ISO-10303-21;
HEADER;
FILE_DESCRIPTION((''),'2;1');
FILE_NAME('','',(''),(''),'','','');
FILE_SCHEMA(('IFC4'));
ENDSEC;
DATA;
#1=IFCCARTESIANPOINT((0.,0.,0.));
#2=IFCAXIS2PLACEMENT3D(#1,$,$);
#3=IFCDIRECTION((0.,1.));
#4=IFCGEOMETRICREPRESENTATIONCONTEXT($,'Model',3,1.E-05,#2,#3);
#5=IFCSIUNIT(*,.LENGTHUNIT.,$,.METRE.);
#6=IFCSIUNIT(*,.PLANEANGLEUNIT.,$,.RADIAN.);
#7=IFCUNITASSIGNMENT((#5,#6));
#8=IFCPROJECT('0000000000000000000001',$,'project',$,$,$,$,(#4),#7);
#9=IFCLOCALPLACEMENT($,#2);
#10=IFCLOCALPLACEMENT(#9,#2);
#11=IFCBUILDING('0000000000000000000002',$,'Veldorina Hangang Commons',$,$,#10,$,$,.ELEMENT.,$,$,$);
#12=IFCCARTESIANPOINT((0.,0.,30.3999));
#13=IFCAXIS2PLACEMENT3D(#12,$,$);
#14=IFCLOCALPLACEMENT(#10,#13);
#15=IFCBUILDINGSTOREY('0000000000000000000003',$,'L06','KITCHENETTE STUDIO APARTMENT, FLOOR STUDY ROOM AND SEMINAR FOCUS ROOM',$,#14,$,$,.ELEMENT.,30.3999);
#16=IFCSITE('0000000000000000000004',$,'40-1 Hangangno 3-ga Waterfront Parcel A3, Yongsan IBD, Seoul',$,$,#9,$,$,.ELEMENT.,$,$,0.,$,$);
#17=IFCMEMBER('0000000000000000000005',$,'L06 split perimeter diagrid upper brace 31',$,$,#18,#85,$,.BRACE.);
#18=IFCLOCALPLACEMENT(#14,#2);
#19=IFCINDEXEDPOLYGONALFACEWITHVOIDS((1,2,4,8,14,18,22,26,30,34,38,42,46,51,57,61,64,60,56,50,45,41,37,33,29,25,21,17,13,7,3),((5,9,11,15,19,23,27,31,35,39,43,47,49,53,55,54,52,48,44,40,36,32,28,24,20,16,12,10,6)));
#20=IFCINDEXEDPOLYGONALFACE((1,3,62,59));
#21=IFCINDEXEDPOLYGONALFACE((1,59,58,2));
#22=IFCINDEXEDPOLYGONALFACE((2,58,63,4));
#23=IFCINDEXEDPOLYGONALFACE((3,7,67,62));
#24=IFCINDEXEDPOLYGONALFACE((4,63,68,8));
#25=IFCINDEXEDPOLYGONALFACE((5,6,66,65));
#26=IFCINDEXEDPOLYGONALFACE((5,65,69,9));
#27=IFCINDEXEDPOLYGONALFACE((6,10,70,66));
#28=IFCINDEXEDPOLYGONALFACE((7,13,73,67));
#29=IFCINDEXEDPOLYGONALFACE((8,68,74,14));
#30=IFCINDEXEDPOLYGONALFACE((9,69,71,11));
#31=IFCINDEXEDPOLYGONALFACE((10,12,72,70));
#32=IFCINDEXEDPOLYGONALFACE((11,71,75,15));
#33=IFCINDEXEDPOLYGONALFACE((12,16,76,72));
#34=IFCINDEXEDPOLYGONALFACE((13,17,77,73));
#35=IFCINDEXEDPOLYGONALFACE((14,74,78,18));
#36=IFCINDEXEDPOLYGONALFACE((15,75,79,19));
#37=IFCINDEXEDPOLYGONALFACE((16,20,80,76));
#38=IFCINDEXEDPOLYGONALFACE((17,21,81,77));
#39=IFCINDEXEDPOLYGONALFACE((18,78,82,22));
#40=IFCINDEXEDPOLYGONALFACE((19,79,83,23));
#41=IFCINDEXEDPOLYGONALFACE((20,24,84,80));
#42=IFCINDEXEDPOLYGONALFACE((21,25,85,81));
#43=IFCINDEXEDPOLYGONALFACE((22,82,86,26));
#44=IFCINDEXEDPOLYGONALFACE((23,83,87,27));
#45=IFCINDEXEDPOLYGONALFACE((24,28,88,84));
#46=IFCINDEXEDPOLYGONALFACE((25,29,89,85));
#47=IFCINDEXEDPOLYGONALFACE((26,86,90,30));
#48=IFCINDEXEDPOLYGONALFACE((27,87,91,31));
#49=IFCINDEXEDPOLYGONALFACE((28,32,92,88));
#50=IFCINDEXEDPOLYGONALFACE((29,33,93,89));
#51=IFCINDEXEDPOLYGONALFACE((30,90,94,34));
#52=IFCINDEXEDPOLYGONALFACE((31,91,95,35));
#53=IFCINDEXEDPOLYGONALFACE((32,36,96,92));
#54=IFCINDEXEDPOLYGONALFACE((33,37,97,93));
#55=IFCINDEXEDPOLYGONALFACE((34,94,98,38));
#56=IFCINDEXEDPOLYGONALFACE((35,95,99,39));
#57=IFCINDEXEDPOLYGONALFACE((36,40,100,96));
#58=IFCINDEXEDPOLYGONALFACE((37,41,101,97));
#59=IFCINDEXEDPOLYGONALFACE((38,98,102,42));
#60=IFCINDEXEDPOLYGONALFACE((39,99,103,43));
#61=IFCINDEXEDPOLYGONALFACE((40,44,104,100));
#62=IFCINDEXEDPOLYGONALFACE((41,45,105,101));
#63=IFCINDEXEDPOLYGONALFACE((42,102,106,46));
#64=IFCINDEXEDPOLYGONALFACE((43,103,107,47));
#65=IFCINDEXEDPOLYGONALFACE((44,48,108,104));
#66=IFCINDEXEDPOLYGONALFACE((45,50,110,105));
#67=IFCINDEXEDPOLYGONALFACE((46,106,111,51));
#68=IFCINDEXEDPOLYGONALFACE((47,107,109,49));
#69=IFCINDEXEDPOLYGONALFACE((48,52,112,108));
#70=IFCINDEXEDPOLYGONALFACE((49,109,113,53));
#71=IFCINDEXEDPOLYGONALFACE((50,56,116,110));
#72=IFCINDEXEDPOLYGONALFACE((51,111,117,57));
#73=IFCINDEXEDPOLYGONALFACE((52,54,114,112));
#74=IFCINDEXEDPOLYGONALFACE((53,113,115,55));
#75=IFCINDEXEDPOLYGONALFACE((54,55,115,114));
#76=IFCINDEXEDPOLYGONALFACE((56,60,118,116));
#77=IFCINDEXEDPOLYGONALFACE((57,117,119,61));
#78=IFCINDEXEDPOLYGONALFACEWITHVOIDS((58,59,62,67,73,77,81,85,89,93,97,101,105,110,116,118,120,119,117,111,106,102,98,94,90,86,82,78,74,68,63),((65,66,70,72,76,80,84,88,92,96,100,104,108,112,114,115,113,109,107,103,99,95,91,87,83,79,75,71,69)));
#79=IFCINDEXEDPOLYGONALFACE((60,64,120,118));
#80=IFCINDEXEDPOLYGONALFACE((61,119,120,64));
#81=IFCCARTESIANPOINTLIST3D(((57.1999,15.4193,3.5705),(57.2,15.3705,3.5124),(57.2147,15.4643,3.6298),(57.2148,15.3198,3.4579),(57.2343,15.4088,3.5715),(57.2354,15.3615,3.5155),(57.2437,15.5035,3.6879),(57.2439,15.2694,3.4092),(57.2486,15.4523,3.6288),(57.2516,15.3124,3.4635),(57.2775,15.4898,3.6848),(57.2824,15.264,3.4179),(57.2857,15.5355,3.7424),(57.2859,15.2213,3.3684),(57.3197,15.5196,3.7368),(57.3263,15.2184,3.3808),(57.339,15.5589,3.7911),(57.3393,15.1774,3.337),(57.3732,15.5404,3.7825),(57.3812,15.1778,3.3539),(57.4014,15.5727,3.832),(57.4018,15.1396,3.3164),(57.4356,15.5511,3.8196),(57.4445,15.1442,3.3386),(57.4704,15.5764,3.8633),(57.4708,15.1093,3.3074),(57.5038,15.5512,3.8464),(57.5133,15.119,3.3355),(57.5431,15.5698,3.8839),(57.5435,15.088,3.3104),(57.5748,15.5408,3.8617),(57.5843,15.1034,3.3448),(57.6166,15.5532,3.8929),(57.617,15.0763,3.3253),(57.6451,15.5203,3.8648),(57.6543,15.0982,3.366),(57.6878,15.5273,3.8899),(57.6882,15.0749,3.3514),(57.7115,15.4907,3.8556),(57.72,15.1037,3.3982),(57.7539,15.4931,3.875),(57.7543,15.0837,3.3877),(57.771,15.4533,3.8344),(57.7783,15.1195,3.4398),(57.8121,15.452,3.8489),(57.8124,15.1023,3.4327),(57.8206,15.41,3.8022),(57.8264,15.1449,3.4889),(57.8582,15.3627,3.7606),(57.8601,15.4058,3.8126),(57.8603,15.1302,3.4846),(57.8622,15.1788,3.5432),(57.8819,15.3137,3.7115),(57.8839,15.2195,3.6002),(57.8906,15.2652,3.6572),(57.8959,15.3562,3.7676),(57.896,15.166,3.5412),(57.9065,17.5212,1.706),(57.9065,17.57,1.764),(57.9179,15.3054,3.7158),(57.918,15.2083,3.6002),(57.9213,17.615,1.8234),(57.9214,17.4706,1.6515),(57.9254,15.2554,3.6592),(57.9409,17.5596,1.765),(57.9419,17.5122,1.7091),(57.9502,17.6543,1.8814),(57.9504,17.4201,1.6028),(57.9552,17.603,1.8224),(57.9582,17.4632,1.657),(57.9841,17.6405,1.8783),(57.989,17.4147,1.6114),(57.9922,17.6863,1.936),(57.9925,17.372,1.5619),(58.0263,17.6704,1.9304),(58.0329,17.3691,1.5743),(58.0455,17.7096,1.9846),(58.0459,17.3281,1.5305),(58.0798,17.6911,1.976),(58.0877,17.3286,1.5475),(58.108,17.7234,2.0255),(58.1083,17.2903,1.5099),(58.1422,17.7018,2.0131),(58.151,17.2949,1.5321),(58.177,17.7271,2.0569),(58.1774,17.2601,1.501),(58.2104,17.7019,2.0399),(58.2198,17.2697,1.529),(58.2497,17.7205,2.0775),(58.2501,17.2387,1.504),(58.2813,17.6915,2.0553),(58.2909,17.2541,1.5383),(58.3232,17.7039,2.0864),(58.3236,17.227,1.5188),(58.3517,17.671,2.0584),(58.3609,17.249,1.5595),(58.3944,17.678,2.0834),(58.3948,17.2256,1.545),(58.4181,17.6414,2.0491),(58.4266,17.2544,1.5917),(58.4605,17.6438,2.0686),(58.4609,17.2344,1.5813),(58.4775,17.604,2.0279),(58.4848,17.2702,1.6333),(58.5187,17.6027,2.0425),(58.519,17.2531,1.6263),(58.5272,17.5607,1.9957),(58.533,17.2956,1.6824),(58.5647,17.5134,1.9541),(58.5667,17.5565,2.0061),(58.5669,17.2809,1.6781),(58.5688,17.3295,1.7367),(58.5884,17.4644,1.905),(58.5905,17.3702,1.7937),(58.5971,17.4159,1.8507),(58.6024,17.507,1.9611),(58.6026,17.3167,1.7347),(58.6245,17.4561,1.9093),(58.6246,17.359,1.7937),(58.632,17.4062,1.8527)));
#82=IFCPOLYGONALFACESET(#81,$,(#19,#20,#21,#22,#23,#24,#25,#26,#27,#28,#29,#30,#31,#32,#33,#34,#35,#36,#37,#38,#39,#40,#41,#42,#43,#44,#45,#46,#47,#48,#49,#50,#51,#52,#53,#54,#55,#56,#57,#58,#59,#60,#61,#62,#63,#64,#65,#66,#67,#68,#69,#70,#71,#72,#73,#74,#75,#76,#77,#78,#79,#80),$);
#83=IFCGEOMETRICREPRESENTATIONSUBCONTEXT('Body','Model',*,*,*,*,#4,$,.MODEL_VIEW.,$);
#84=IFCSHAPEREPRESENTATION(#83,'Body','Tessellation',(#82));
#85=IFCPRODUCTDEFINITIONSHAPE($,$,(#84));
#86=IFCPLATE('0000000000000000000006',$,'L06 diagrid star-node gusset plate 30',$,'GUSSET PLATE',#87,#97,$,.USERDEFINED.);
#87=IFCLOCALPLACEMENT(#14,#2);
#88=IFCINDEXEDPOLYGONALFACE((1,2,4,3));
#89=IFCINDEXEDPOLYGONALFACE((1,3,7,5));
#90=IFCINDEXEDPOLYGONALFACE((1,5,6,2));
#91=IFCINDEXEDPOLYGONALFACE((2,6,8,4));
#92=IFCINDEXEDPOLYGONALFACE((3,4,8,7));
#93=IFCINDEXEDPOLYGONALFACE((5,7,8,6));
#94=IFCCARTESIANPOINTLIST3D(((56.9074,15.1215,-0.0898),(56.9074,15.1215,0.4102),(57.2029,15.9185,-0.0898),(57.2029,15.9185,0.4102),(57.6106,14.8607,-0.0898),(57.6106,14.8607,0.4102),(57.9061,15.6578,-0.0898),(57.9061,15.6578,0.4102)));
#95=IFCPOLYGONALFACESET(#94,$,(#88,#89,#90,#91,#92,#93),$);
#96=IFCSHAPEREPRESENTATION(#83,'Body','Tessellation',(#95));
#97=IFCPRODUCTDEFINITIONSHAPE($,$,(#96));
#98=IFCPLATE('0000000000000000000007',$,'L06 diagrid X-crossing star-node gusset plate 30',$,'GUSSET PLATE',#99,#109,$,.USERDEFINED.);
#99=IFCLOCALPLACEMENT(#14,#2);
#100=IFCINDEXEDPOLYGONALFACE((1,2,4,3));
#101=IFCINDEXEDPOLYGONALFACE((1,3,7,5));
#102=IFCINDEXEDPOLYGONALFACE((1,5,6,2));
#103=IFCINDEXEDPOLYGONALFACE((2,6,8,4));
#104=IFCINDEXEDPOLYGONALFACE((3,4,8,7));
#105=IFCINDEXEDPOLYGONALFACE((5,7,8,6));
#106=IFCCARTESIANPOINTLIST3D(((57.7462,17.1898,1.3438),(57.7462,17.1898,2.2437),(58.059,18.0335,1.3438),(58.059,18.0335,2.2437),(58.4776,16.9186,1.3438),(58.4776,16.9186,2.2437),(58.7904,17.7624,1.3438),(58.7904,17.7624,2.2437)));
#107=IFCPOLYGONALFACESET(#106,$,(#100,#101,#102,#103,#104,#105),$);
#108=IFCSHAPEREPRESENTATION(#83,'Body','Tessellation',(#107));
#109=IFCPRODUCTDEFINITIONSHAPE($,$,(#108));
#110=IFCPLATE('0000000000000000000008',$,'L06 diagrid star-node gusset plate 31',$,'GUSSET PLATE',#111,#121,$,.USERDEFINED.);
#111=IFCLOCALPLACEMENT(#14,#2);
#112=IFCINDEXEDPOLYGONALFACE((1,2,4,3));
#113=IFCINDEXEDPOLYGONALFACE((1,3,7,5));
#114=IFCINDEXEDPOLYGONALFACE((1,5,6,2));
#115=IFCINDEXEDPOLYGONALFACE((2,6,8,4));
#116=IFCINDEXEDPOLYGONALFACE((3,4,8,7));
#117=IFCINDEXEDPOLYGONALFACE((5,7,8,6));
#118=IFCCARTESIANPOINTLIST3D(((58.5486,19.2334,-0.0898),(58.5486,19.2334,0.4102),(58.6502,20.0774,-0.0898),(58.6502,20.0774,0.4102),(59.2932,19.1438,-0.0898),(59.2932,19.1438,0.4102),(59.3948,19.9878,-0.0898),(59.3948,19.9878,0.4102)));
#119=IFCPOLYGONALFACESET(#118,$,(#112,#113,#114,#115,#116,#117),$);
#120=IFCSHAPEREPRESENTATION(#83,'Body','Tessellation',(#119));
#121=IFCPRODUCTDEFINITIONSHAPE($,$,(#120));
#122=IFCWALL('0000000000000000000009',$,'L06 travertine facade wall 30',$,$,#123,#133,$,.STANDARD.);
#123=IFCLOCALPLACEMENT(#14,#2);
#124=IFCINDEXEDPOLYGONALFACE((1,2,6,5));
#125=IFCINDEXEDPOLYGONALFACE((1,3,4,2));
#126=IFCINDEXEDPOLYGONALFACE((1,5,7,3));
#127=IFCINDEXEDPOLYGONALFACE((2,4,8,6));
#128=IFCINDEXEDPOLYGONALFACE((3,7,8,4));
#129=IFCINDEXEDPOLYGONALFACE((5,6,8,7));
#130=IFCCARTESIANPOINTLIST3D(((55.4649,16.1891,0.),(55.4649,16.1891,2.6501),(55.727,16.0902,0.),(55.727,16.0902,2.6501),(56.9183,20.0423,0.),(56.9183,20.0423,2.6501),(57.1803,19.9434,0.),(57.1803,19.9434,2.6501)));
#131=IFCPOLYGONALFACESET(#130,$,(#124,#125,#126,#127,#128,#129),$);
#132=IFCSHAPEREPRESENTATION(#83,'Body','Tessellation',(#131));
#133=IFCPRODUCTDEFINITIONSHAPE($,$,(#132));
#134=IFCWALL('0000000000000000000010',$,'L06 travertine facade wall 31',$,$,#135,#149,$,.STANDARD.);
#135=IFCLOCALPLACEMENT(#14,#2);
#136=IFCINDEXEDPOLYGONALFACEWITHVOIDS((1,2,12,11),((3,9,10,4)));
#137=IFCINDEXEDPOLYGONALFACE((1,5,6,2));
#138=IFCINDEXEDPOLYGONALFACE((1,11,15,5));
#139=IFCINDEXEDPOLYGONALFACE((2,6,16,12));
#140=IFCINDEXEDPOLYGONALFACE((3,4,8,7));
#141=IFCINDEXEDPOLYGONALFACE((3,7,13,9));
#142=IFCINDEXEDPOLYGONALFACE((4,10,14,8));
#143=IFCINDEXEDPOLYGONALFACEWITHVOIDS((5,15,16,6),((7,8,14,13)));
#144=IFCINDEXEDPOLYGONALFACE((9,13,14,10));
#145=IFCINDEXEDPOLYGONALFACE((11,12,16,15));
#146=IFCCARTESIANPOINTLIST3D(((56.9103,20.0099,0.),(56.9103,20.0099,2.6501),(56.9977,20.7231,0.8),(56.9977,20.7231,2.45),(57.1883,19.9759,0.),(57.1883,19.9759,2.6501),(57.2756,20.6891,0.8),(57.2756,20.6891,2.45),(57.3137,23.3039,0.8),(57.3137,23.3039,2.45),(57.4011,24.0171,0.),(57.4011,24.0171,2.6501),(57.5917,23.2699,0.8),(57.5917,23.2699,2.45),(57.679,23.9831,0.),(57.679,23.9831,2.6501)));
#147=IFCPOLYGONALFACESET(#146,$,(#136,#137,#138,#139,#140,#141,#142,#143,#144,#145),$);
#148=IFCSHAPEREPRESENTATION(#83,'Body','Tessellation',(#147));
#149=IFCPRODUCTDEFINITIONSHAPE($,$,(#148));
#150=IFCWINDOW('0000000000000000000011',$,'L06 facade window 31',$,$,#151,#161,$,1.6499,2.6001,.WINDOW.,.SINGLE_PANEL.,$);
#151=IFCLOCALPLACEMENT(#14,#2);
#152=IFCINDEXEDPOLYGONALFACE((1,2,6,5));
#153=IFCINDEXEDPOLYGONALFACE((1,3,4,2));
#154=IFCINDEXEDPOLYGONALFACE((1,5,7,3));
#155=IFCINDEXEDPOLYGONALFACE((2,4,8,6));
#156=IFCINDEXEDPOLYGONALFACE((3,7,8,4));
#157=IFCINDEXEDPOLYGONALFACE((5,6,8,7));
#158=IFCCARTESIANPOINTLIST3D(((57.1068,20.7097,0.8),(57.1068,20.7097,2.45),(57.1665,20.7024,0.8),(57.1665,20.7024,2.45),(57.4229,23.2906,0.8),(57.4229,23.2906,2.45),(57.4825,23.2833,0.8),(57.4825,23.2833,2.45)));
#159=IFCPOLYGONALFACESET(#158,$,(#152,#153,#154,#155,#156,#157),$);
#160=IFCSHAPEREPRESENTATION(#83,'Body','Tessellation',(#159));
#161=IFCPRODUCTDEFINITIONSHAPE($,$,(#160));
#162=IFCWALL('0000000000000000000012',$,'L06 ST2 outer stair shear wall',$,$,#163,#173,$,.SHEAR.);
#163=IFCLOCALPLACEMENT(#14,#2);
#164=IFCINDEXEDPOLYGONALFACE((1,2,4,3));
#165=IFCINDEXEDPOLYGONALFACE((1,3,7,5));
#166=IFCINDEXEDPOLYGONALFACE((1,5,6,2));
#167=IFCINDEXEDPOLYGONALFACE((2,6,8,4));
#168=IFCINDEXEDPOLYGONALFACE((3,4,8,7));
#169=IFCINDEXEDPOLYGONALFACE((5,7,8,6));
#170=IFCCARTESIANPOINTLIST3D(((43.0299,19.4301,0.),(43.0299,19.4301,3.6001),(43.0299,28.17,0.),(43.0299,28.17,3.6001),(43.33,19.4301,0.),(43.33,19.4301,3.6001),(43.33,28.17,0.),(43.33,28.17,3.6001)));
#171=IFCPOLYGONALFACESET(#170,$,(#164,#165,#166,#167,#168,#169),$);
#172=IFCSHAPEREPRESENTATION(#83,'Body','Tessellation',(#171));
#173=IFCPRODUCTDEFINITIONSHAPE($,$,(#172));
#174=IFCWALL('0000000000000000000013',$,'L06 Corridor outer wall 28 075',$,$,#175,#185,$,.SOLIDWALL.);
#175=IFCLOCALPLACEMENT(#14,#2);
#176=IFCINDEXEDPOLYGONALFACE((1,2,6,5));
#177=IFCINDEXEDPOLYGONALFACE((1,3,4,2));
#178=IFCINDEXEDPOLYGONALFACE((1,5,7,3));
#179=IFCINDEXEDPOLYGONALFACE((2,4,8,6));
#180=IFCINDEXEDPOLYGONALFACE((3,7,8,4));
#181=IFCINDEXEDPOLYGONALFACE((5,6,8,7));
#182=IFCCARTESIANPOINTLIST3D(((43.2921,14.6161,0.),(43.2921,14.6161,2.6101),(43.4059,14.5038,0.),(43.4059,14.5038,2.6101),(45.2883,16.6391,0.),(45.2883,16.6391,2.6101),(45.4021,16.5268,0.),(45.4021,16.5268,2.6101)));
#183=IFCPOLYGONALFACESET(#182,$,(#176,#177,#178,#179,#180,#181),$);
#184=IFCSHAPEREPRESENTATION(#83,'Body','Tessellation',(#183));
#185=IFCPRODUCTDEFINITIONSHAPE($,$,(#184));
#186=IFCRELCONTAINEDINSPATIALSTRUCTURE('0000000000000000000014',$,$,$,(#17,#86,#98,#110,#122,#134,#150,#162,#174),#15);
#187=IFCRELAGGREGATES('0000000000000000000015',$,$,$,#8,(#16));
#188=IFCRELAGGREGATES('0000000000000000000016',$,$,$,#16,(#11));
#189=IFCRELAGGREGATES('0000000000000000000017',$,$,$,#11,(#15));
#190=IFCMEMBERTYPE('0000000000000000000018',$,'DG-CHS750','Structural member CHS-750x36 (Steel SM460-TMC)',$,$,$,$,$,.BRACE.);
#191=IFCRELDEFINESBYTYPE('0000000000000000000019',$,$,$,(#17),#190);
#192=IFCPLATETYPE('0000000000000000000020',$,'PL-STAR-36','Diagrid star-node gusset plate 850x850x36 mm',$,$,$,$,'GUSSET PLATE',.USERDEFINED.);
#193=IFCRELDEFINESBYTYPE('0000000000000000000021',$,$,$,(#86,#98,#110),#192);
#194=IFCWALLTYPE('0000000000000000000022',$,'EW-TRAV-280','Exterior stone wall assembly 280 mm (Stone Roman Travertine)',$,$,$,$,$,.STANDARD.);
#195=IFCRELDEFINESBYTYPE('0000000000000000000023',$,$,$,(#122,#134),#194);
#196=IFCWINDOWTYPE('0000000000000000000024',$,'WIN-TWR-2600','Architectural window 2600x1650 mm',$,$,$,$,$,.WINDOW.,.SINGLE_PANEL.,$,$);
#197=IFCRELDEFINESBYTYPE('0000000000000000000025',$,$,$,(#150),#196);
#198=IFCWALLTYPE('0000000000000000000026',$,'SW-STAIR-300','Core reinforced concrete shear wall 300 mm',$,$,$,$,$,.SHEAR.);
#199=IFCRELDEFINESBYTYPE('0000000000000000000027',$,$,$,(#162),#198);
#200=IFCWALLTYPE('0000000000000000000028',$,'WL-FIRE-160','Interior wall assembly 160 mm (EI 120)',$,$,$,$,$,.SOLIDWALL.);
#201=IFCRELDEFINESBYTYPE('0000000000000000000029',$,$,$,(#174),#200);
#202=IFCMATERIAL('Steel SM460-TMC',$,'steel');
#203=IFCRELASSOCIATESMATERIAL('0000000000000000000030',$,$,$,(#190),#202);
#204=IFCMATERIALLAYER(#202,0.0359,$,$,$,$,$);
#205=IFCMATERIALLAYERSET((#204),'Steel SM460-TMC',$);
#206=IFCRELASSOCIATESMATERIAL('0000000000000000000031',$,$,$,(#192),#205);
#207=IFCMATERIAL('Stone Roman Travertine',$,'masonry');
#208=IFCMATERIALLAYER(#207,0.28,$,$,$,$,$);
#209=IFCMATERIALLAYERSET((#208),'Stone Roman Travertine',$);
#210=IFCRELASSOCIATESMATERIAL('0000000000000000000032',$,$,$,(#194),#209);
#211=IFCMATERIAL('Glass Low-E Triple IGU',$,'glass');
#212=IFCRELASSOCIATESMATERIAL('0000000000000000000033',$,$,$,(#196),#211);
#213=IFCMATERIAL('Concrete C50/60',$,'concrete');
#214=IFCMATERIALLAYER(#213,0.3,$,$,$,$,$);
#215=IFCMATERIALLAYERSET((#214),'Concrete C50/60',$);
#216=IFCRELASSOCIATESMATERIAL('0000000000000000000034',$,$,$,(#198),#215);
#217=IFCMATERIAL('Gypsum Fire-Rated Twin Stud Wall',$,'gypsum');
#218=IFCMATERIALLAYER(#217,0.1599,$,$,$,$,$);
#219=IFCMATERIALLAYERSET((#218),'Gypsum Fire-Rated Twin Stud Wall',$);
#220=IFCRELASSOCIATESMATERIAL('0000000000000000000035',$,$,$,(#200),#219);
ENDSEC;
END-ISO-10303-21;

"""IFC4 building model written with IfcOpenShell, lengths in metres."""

from ifc_helpers import new_model, si_unit, direction, frame, frame_2d, origin, origin_2d, place, context, subcontext, project, spatial, rectangle, hollow_circle, extrude, material, layer, layer_set, material_profile, profile_set, type_object, element, fill, save


model = new_model("IFC4")

# Units and contexts
model_context = context("Model", 3, precision=1e-05, world=origin(), true_north=direction((0.0, 1.0)))
body_context = subcontext(model_context, "Body", "Model", "MODEL_VIEW")
ifc_project = project(units=[si_unit("LENGTHUNIT", "METRE"), si_unit("PLANEANGLEUNIT", "RADIAN")], contexts=[model_context])

# Site, building, storey
site_placement = place(None, origin())
site = spatial("IfcSite", under=ifc_project, at=site_placement, Name="40-1 Hangangno 3-ga Waterfront Parcel A3, Yongsan IBD, Seoul", CompositionType="ELEMENT", RefElevation=0.0)
building_placement = place(site_placement, origin())
building = spatial("IfcBuilding", under=site, at=building_placement, Name="Veldorina Hangang Commons", CompositionType="ELEMENT")
storey_placement = place(building_placement, frame((0.0, 0.0, 30.3999)))
storey = spatial("IfcBuildingStorey", under=building, at=storey_placement, Name="L06", Description="KITCHENETTE STUDIO APARTMENT, FLOOR STUDY ROOM AND SEMINAR FOCUS ROOM", CompositionType="ELEMENT", Elevation=30.3999)

# Shared definitions
ifc_material_1 = material(Name="Steel SM460-TMC", Category="steel")

# Member
ifc_material_profile_1 = material_profile(ifc_material_1, hollow_circle(Radius=0.375, WallThickness=0.0359, at=origin_2d()), Name="CHS-750x36")
ifc_profile_set_1 = profile_set([ifc_material_profile_1], Name="Steel SM460-TMC")
member_type = type_object("IfcMemberType", Name="DG-CHS750", Description="Structural member CHS-750x36 (Steel SM460-TMC)", PredefinedType="BRACE", material=ifc_profile_set_1)
member_1_placement = place(storey_placement, frame((58.2683, 17.4761, 1.7937), z_axis=(-0.243962, -0.742592, 0.62373), x_axis=(0.950044, -0.312116, 0.0)))
element("IfcMember", 1, at=member_1_placement, inside=storey, type_object=member_type, Name="L06 split perimeter diagrid upper brace 31", PredefinedType="BRACE", context=body_context, shape_type="SweptSolid", body=[
    extrude(hollow_circle(Radius=0.375, WallThickness=0.0359, at=origin_2d()), origin(), (0.0, 0.0, 1.0), 2.8962),
])

# Plates
ifc_layer_1 = layer(ifc_material_1, 0.0359)
ifc_layer_set_1 = layer_set([ifc_layer_1], Name="Steel SM460-TMC")
plate_type = type_object("IfcPlateType", Name="PL-STAR-36", Description="Diagrid star-node gusset plate 850x850x36 mm", ElementType="GUSSET PLATE", PredefinedType="USERDEFINED", material=ifc_layer_set_1)
plate_1_placement = place(storey_placement, frame((57.4067, 15.3896, -0.0898), z_axis=(0.0, 0.0, 1.0), x_axis=(0.347623, 0.937634, 0.0)))
element("IfcPlate", 2, at=plate_1_placement, inside=storey, type_object=plate_type, Name="L06 diagrid star-node gusset plate 30", ObjectType="GUSSET PLATE", PredefinedType="USERDEFINED", context=body_context, shape_type="SweptSolid", body=[
    extrude(rectangle(XDim=0.8501, YDim=0.75, at=origin_2d()), origin(), (0.0, 0.0, 1.0), 0.5),
])
plate_2_placement = place(storey_placement, frame((58.2683, 17.4761, 1.3438), z_axis=(0.0, 0.0, 1.0), x_axis=(0.347623, 0.937634, 0.0)))
element("IfcPlate", 3, at=plate_2_placement, inside=storey, type_object=plate_type, Name="L06 diagrid X-crossing star-node gusset plate 30", ObjectType="GUSSET PLATE", PredefinedType="USERDEFINED", context=body_context, shape_type="SweptSolid", body=[
    extrude(rectangle(XDim=0.8999, YDim=0.78, at=origin_2d()), origin(), (0.0, 0.0, 1.0), 0.8999),
])
plate_3_placement = place(storey_placement, frame((58.9717, 19.6106, -0.0898), z_axis=(0.0, 0.0, 1.0), x_axis=(0.119513, 0.992833, 0.0)))
element("IfcPlate", 4, at=plate_3_placement, inside=storey, type_object=plate_type, Name="L06 diagrid star-node gusset plate 31", ObjectType="GUSSET PLATE", PredefinedType="USERDEFINED", context=body_context, shape_type="SweptSolid", body=[
    extrude(rectangle(XDim=0.8501, YDim=0.75, at=origin_2d()), origin(), (0.0, 0.0, 1.0), 0.5),
])

# Wall
ifc_material_2 = material(Name="Stone Roman Travertine", Category="masonry")
ifc_layer_2 = layer(ifc_material_2, 0.28)
ifc_layer_set_2 = layer_set([ifc_layer_2], Name="Stone Roman Travertine")
wall_type_1 = type_object("IfcWallType", Name="EW-TRAV-280", Description="Exterior stone wall assembly 280 mm (Stone Roman Travertine)", PredefinedType="STANDARD", material=ifc_layer_set_2)
wall_1_placement = place(storey_placement, frame((55.5959, 16.1396, 0.0), z_axis=(0.0, 0.0, 1.0), x_axis=(0.352909, 0.935657, 0.0)))
element("IfcWall", 5, at=wall_1_placement, inside=storey, type_object=wall_type_1, Name="L06 travertine facade wall 30", PredefinedType="STANDARD", context=body_context, shape_type="SweptSolid", body=[
    extrude(rectangle(XDim=4.1182, YDim=0.28, at=frame_2d((2.0591, 0.0))), origin(), (0.0, 0.0, 1.0), 2.6501),
])

# Wall, opening, window
wall_2_placement = place(storey_placement, frame((57.0493, 19.9929, 0.0), z_axis=(0.0, 0.0, 1.0), x_axis=(0.121556, 0.992585, 0.0)))
wall_2 = element("IfcWall", 6, at=wall_2_placement, inside=storey, type_object=wall_type_1, Name="L06 travertine facade wall 31", PredefinedType="STANDARD", context=body_context, shape_type="SweptSolid", body=[
    extrude(rectangle(XDim=4.0371, YDim=0.28, at=frame_2d((2.0186, 0.0))), origin(), (0.0, 0.0, 1.0), 2.6501),
])
opening_1_placement = place(wall_2_placement, frame((0.7185, 0.0, 0.8)))
opening_1 = element("IfcOpeningElement", 7, at=opening_1_placement, cuts=wall_2, PredefinedType="OPENING", context=body_context, shape_type="SweptSolid", body=[
    extrude(rectangle(XDim=2.6001, YDim=1.6499, at=frame_2d((1.3, 0.825))), frame((0.0, 0.1499, 0.0), z_axis=(0.0, -1.0, 0.0), x_axis=(1.0, 0.0, 0.0)), (0.0, 0.0, 1.0), 0.3),
])
ifc_material_3 = material(Name="Glass Low-E Triple IGU", Category="glass")
window_type = type_object("IfcWindowType", Name="WIN-TWR-2600", Description="Architectural window 2600x1650 mm", PartitioningType="SINGLE_PANEL", PredefinedType="WINDOW", material=ifc_material_3)
window_placement = place(opening_1_placement, origin())
window = element("IfcWindow", 8, at=window_placement, inside=storey, type_object=window_type, Name="L06 facade window 31", OverallHeight=1.6499, OverallWidth=2.6001, PartitioningType="SINGLE_PANEL", PredefinedType="WINDOW", context=body_context, shape_type="SweptSolid", body=[
    extrude(rectangle(XDim=2.6001, YDim=1.6499, at=frame_2d((1.3, 0.825))), frame((0.0, 0.03, 0.0), z_axis=(0.0, -1.0, 0.0), x_axis=(1.0, 0.0, 0.0)), (0.0, 0.0, 1.0), 0.0601),
])
fill(opening_1, window)

# Walls
ifc_material_4 = material(Name="Concrete C50/60", Category="concrete")
ifc_layer_3 = layer(ifc_material_4, 0.3)
ifc_layer_set_3 = layer_set([ifc_layer_3], Name="Concrete C50/60")
wall_type_2 = type_object("IfcWallType", Name="SW-STAIR-300", Description="Core reinforced concrete shear wall 300 mm", PredefinedType="SHEAR", material=ifc_layer_set_3)
wall_3_placement = place(storey_placement, frame((43.1799, 19.4299, 0.0), z_axis=(0.0, 0.0, 1.0), x_axis=(0.0, 1.0, 0.0)))
element("IfcWall", 9, at=wall_3_placement, inside=storey, type_object=wall_type_2, Name="L06 ST2 outer stair shear wall", PredefinedType="SHEAR", context=body_context, shape_type="SweptSolid", body=[
    extrude(rectangle(XDim=8.74, YDim=0.3, at=frame_2d((4.3701, 0.0))), origin(), (0.0, 0.0, 1.0), 3.6001),
])
ifc_material_5 = material(Name="Gypsum Fire-Rated Twin Stud Wall", Category="gypsum")
ifc_layer_4 = layer(ifc_material_5, 0.1599)
ifc_layer_set_4 = layer_set([ifc_layer_4], Name="Gypsum Fire-Rated Twin Stud Wall")
wall_type_3 = type_object("IfcWallType", Name="WL-FIRE-160", Description="Interior wall assembly 160 mm (EI 120)", PredefinedType="SOLIDWALL", material=ifc_layer_set_4)
wall_4_placement = place(storey_placement, frame((43.3491, 14.5601, 0.0), z_axis=(0.0, 0.0, 1.0), x_axis=(0.702366, 0.711816, 0.0)))
element("IfcWall", 10, at=wall_4_placement, inside=storey, type_object=wall_type_3, Name="L06 Corridor outer wall 28 075", PredefinedType="SOLIDWALL", context=body_context, shape_type="SweptSolid", body=[
    extrude(rectangle(XDim=2.842, YDim=0.1599, at=frame_2d((1.4209, 0.0))), origin(), (0.0, 0.0, 1.0), 2.6101),
])

save(model, "model.ifc")
